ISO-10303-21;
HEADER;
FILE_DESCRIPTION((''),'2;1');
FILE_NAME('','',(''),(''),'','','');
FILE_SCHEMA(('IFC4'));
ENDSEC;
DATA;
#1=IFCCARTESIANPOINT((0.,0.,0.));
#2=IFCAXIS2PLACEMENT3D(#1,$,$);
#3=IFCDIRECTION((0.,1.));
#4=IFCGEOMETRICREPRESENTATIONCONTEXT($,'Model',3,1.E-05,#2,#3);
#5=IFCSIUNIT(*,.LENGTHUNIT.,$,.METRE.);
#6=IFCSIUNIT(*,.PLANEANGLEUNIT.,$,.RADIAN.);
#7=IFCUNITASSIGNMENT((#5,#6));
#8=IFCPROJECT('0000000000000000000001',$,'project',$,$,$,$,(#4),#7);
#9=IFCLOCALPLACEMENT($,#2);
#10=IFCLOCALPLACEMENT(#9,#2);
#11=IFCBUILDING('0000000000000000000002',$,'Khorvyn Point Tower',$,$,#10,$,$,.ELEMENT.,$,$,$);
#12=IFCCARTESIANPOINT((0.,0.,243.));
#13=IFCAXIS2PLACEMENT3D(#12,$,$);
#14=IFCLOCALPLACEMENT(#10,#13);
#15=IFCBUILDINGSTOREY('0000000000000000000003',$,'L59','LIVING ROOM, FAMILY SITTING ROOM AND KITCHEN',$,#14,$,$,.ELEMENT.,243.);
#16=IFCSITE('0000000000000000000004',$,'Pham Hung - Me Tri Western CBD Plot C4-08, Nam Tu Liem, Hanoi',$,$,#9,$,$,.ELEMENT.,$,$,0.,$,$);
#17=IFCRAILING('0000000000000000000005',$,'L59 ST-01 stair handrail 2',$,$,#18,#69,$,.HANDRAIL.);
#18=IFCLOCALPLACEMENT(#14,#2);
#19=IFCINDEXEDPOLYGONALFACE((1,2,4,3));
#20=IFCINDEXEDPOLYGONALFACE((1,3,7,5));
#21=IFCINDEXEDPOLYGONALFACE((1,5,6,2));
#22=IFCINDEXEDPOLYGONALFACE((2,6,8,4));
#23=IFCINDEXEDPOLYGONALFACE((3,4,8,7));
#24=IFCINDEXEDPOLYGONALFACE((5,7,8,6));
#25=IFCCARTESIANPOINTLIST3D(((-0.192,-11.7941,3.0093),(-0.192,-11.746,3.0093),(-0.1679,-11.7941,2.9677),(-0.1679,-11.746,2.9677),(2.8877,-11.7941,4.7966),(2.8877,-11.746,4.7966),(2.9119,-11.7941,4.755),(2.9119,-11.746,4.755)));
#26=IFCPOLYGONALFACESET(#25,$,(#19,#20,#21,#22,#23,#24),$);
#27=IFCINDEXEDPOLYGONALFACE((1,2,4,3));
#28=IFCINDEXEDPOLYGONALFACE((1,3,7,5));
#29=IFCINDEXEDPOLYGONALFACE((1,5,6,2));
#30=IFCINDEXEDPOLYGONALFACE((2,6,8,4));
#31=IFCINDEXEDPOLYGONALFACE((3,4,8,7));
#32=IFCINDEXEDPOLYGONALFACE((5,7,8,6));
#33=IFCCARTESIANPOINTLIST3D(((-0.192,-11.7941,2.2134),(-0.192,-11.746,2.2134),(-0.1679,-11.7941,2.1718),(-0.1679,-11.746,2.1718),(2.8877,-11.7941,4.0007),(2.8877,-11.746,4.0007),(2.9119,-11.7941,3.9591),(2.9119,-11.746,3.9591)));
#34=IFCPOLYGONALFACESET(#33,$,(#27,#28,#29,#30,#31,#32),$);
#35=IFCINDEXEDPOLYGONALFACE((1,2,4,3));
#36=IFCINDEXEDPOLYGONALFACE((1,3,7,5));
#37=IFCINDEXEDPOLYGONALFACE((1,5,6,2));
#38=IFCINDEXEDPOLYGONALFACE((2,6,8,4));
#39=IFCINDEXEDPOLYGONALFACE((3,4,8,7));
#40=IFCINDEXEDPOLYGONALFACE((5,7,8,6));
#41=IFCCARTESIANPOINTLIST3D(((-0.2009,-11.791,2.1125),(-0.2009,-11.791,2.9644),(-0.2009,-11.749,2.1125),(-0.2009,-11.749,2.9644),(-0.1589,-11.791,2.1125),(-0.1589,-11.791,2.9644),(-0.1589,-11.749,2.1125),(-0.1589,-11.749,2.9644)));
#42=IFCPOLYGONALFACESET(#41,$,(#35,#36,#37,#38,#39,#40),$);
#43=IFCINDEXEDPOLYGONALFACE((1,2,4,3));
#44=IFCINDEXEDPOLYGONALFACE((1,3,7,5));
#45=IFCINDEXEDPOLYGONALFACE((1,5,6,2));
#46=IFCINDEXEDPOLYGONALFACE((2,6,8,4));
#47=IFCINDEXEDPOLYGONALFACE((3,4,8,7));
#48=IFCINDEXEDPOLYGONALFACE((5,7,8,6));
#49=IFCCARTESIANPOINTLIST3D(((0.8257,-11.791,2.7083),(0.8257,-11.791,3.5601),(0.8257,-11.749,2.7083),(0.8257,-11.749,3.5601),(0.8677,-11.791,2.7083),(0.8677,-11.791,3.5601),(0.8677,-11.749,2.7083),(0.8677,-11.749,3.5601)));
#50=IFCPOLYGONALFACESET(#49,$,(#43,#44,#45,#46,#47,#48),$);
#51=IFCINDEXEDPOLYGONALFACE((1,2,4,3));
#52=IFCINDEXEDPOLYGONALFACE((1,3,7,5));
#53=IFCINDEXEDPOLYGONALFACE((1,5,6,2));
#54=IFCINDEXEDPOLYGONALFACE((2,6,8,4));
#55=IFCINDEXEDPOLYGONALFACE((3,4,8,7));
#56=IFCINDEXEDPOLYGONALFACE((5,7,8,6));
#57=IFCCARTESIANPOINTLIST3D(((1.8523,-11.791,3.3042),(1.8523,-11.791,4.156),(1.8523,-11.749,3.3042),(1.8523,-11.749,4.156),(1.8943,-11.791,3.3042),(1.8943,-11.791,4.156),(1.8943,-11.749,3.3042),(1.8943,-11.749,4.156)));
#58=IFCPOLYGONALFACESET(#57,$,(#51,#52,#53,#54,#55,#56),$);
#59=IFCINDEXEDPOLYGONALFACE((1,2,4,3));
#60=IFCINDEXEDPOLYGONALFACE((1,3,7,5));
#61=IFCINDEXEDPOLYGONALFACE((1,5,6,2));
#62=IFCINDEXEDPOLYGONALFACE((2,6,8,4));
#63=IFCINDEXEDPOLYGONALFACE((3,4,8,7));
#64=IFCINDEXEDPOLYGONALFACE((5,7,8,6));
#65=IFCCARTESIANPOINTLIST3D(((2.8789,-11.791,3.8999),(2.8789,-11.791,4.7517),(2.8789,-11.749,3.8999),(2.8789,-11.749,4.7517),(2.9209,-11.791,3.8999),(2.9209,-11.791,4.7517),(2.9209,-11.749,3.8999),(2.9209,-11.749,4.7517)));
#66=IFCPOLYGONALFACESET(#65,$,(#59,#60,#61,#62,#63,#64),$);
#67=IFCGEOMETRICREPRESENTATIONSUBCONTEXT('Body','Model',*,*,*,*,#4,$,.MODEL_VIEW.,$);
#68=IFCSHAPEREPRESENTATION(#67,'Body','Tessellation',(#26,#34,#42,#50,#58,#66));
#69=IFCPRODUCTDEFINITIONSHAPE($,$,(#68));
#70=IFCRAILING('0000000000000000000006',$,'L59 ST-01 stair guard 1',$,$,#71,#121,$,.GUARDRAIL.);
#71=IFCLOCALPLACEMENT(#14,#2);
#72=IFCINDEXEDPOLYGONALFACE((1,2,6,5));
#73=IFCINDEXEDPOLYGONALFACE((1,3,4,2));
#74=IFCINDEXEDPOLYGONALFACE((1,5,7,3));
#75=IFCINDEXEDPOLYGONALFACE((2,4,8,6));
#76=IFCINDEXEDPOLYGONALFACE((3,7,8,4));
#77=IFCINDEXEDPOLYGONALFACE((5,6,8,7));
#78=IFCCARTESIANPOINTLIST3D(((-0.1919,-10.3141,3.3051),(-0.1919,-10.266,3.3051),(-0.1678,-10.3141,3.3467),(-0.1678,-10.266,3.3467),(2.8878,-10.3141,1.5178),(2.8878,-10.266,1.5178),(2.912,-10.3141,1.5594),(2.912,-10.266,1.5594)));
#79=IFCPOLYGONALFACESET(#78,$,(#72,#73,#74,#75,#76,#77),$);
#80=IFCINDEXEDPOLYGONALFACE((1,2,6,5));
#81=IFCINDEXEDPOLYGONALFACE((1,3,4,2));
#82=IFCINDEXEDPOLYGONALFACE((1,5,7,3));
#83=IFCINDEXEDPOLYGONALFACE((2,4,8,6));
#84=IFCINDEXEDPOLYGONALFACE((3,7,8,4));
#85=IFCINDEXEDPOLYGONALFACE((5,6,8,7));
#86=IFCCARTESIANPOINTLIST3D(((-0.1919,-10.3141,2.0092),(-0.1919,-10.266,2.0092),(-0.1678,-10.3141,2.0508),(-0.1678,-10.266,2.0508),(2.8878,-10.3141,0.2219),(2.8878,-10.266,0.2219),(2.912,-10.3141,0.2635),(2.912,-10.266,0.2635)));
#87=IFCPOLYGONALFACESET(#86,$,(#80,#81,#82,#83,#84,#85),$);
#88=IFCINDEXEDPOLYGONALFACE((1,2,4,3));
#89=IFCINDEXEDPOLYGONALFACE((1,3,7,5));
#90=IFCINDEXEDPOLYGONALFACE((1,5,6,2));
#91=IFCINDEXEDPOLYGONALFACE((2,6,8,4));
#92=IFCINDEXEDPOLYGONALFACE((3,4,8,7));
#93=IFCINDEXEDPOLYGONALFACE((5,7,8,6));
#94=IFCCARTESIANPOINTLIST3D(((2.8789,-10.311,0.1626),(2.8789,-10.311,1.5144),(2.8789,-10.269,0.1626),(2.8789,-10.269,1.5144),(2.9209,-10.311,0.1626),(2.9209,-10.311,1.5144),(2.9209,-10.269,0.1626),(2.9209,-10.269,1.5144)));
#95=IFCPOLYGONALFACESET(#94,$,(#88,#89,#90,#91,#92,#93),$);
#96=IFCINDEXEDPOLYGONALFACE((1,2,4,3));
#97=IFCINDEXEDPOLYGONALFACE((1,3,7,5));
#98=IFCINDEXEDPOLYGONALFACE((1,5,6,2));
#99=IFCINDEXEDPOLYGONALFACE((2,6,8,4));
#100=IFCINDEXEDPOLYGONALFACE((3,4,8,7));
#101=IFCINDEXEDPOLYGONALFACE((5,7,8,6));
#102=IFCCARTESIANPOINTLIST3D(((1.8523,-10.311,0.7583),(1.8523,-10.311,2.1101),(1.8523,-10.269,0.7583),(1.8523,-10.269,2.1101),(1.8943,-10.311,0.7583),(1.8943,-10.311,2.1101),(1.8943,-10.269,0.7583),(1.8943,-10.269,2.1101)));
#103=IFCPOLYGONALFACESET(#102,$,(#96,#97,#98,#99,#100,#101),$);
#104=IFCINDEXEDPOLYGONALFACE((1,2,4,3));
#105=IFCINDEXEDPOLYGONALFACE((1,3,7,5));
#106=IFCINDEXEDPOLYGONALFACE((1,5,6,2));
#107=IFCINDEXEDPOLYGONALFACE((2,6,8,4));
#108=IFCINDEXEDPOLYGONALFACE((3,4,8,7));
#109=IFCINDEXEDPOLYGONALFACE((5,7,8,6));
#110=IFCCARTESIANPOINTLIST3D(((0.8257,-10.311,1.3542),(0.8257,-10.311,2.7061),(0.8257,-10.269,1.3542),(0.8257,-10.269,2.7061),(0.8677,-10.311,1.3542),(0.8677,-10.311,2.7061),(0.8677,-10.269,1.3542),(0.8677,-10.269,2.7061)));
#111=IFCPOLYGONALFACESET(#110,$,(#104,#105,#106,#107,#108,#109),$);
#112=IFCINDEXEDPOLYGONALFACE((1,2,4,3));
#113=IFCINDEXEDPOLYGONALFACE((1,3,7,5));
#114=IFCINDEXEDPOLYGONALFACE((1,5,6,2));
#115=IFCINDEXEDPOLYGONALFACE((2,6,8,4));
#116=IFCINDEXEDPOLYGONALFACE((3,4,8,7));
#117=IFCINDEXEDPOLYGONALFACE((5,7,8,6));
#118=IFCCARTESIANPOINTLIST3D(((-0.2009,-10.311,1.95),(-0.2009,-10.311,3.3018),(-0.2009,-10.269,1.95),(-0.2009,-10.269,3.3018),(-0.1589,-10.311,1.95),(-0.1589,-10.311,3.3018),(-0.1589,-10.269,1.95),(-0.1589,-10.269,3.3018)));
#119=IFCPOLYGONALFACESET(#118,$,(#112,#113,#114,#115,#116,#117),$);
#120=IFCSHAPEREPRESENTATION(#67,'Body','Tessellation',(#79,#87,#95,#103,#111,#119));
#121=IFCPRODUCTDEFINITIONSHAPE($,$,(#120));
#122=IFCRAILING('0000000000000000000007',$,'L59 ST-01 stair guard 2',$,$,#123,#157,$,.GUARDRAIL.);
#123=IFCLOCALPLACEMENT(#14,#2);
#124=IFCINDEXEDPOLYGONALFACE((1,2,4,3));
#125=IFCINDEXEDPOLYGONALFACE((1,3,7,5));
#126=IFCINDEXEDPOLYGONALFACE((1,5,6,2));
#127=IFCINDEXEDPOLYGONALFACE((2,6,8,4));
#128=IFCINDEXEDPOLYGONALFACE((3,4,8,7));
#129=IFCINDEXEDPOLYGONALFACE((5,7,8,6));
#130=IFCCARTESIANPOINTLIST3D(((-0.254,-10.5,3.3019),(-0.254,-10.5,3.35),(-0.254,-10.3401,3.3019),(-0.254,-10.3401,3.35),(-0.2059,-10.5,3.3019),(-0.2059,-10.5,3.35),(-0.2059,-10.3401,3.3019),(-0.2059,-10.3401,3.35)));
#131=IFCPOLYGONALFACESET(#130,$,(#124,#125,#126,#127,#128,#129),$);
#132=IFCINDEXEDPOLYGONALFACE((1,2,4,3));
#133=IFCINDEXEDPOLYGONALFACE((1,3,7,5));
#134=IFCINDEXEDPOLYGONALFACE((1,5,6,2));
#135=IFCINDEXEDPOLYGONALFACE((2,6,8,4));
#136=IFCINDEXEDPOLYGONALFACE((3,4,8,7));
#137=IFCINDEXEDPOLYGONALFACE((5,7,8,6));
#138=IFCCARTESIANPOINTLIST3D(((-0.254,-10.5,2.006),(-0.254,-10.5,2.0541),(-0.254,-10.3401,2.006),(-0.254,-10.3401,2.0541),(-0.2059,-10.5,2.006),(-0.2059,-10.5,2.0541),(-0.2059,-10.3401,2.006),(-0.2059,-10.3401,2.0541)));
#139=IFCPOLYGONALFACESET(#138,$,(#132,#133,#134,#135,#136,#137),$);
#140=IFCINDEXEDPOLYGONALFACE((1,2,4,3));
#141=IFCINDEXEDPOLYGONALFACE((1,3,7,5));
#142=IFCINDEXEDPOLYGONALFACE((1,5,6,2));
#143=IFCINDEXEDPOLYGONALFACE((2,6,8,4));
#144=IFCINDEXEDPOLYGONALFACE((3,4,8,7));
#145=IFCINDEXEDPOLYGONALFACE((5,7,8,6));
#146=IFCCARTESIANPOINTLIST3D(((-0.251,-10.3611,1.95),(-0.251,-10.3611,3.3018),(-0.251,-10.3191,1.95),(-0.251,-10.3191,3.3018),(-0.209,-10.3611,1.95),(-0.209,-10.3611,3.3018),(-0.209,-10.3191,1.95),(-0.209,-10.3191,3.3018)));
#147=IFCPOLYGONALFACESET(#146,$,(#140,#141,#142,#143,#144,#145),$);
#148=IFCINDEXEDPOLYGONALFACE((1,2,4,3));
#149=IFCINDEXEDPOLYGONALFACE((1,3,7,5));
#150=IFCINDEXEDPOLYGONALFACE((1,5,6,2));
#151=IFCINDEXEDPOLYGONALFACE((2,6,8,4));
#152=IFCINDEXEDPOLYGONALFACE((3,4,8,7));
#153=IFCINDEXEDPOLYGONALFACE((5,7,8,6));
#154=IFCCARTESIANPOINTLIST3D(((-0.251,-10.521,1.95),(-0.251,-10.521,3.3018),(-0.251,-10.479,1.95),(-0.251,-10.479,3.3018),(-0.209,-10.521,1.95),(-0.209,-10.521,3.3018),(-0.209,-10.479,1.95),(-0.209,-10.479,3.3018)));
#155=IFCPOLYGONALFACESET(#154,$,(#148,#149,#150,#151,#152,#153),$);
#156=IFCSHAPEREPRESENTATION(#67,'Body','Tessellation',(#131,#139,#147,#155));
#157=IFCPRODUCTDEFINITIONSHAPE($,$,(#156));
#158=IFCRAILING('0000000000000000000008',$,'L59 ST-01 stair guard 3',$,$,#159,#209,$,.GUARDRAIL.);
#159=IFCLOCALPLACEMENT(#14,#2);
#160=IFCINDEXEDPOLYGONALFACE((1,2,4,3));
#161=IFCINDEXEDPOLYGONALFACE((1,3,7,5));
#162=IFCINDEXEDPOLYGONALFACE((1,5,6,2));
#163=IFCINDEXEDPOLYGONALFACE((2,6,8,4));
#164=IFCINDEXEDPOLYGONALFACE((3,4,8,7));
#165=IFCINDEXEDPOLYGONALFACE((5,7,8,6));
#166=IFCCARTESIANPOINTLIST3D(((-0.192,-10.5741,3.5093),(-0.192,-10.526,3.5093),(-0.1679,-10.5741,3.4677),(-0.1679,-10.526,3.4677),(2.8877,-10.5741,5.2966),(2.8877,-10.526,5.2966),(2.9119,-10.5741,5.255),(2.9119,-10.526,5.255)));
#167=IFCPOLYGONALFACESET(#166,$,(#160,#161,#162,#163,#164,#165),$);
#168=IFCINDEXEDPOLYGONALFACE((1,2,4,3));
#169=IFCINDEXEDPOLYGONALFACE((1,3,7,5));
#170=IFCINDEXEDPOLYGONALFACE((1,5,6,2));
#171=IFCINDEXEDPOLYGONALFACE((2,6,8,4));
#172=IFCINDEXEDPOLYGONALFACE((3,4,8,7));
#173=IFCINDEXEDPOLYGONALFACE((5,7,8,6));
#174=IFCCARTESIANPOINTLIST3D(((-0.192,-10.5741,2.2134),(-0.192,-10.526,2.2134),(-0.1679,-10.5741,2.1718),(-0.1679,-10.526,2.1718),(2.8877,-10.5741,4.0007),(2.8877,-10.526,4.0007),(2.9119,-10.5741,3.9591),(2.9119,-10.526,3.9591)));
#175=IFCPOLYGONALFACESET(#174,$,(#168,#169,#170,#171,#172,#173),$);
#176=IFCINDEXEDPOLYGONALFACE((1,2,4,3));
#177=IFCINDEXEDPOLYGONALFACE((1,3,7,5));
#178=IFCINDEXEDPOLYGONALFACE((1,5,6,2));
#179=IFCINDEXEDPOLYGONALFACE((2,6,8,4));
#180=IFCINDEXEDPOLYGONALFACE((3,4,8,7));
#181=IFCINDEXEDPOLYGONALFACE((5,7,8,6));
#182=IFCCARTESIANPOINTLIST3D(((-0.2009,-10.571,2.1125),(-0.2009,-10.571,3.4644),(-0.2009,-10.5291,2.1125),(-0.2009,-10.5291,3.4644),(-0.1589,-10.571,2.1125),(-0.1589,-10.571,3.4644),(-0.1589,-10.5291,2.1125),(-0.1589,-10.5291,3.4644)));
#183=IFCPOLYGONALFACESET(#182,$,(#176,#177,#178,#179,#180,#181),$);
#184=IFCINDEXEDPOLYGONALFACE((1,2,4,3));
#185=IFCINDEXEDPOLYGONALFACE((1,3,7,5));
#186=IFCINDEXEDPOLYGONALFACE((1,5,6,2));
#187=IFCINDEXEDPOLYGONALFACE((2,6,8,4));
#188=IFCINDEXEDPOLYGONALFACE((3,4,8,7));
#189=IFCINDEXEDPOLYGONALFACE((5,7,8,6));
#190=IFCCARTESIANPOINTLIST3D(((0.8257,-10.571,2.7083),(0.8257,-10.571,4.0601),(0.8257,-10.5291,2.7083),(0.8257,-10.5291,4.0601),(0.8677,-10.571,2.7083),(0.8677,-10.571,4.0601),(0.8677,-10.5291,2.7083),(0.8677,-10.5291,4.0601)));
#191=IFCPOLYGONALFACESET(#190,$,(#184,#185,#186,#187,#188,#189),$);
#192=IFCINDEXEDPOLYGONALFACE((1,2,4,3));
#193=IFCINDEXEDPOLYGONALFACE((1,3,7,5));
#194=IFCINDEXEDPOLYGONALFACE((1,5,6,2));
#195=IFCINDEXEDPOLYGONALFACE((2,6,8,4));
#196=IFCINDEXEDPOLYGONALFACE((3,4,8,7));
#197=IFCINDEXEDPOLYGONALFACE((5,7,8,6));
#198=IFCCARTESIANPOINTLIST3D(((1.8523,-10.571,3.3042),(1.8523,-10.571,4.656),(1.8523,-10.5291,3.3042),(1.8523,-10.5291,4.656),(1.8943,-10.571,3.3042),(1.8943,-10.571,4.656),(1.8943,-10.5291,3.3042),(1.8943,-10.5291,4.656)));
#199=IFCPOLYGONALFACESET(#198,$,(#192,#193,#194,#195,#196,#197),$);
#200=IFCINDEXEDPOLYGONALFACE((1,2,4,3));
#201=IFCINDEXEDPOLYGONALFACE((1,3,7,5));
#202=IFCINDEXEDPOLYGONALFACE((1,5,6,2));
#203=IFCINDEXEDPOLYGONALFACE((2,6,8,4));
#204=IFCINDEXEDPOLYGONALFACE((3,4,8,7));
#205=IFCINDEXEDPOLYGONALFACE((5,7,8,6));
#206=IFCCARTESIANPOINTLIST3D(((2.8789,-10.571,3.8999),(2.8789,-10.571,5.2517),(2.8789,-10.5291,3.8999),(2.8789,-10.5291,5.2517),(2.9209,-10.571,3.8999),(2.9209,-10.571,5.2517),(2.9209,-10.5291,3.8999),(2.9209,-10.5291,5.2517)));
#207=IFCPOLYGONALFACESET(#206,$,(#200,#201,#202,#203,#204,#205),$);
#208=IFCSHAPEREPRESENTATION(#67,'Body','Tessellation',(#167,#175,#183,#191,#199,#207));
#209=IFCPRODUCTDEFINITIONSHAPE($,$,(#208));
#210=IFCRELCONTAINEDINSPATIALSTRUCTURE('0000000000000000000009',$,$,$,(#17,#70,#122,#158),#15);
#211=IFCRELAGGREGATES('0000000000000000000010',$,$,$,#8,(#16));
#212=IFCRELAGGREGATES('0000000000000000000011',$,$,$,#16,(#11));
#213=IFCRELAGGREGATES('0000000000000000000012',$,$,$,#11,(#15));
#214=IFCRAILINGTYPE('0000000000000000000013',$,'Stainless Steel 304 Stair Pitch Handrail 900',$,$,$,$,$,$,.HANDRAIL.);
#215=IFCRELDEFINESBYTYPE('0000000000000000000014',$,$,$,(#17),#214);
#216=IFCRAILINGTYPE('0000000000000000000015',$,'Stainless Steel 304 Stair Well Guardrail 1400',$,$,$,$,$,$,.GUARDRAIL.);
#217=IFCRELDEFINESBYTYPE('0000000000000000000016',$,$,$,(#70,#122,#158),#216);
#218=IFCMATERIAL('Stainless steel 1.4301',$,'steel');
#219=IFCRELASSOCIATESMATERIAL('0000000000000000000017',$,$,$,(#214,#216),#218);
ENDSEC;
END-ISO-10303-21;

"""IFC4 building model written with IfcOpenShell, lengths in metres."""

from ifc_helpers import new_model, si_unit, direction, frame, origin, origin_2d, place, context, subcontext, project, spatial, rectangle, extrude, material, type_object, element, save


model = new_model("IFC4")

# Units and contexts
model_context = context("Model", 3, precision=1e-05, world=origin(), true_north=direction((0.0, 1.0)))
body_context = subcontext(model_context, "Body", "Model", "MODEL_VIEW")
ifc_project = project(units=[si_unit("LENGTHUNIT", "METRE"), si_unit("PLANEANGLEUNIT", "RADIAN")], contexts=[model_context])

# Site, building, storey
site_placement = place(None, origin())
site = spatial("IfcSite", under=ifc_project, at=site_placement, Name="Pham Hung - Me Tri Western CBD Plot C4-08, Nam Tu Liem, Hanoi", CompositionType="ELEMENT", RefElevation=0.0)
building_placement = place(site_placement, origin())
building = spatial("IfcBuilding", under=site, at=building_placement, Name="Khorvyn Point Tower", CompositionType="ELEMENT")
storey_placement = place(building_placement, frame((0.0, 0.0, 243.0)))
storey = spatial("IfcBuildingStorey", under=building, at=storey_placement, Name="L59", Description="LIVING ROOM, FAMILY SITTING ROOM AND KITCHEN", CompositionType="ELEMENT", Elevation=243.0)

# Shared definitions
ifc_material_1 = material(Name="Stainless steel 1.4301", Category="steel")

# Railings
railing_type_1 = type_object("IfcRailingType", Name="Stainless Steel 304 Stair Pitch Handrail 900", PredefinedType="HANDRAIL", material=ifc_material_1)
railing_1_placement = place(storey_placement, frame((-0.1799, -11.77, 2.1125)))
element("IfcRailing", 1, at=railing_1_placement, inside=storey, type_object=railing_type_1, Name="L59 ST-01 stair handrail 2", PredefinedType="HANDRAIL", context=body_context, shape_type="SweptSolid", body=[
    extrude(rectangle(XDim=0.0481, YDim=0.0481, at=origin_2d()), frame((0.0, 0.0, 0.876), z_axis=(0.864903, 0.0, 0.501939), x_axis=(0.0, 1.0, 0.0)), (0.0, 0.0, 1.0), 3.5608),
    extrude(rectangle(XDim=0.0481, YDim=0.0481, at=origin_2d()), frame((0.0, 0.0, 0.0801), z_axis=(0.864903, 0.0, 0.501939), x_axis=(0.0, 1.0, 0.0)), (0.0, 0.0, 1.0), 3.5608),
    extrude(rectangle(XDim=0.042, YDim=0.042, at=origin_2d()), origin(), (0.0, 0.0, 1.0), 0.8518),
    extrude(rectangle(XDim=0.042, YDim=0.042, at=origin_2d()), frame((1.0266, 0.0, 0.5957)), (0.0, 0.0, 1.0), 0.8518),
    extrude(rectangle(XDim=0.042, YDim=0.042, at=origin_2d()), frame((2.0532, 0.0, 1.1917)), (0.0, 0.0, 1.0), 0.8518),
    extrude(rectangle(XDim=0.042, YDim=0.042, at=origin_2d()), frame((3.0798, 0.0, 1.7874)), (0.0, 0.0, 1.0), 0.8518),
])
railing_type_2 = type_object("IfcRailingType", Name="Stainless Steel 304 Stair Well Guardrail 1400", PredefinedType="GUARDRAIL", material=ifc_material_1)
railing_2_placement = place(storey_placement, frame((2.8999, -10.29, 0.1626)))
element("IfcRailing", 2, at=railing_2_placement, inside=storey, type_object=railing_type_2, Name="L59 ST-01 stair guard 1", PredefinedType="GUARDRAIL", context=body_context, shape_type="SweptSolid", body=[
    extrude(rectangle(XDim=0.0481, YDim=0.0481, at=origin_2d()), frame((0.0, 0.0, 1.376), z_axis=(-0.864903, 0.0, 0.501939), x_axis=(0.0, -1.0, 0.0)), (0.0, 0.0, 1.0), 3.5608),
    extrude(rectangle(XDim=0.0481, YDim=0.0481, at=origin_2d()), frame((0.0, 0.0, 0.0801), z_axis=(-0.864903, 0.0, 0.501939), x_axis=(0.0, -1.0, 0.0)), (0.0, 0.0, 1.0), 3.5608),
    extrude(rectangle(XDim=0.042, YDim=0.042, at=origin_2d()), origin(), (0.0, 0.0, 1.0), 1.3518),
    extrude(rectangle(XDim=0.042, YDim=0.042, at=origin_2d()), frame((-1.0266, 0.0, 0.5957)), (0.0, 0.0, 1.0), 1.3518),
    extrude(rectangle(XDim=0.042, YDim=0.042, at=origin_2d()), frame((-2.0532, 0.0, 1.1917)), (0.0, 0.0, 1.0), 1.3518),
    extrude(rectangle(XDim=0.042, YDim=0.042, at=origin_2d()), frame((-3.0798, 0.0, 1.7874)), (0.0, 0.0, 1.0), 1.3518),
])
railing_3_placement = place(storey_placement, frame((-0.23, -10.3401, 1.95)))
element("IfcRailing", 3, at=railing_3_placement, inside=storey, type_object=railing_type_2, Name="L59 ST-01 stair guard 2", PredefinedType="GUARDRAIL", context=body_context, shape_type="SweptSolid", body=[
    extrude(rectangle(XDim=0.0481, YDim=0.0481, at=origin_2d()), frame((0.0, 0.0, 1.376), z_axis=(0.0, -1.0, 0.0), x_axis=(1.0, 0.0, 0.0)), (0.0, 0.0, 1.0), 0.1599),
    extrude(rectangle(XDim=0.0481, YDim=0.0481, at=origin_2d()), frame((0.0, 0.0, 0.0801), z_axis=(0.0, -1.0, 0.0), x_axis=(1.0, 0.0, 0.0)), (0.0, 0.0, 1.0), 0.1599),
    extrude(rectangle(XDim=0.042, YDim=0.042, at=origin_2d()), origin(), (0.0, 0.0, 1.0), 1.3518),
    extrude(rectangle(XDim=0.042, YDim=0.042, at=origin_2d()), frame((0.0, -0.1599, 0.0)), (0.0, 0.0, 1.0), 1.3518),
])
railing_4_placement = place(storey_placement, frame((-0.1799, -10.55, 2.1125)))
element("IfcRailing", 4, at=railing_4_placement, inside=storey, type_object=railing_type_2, Name="L59 ST-01 stair guard 3", PredefinedType="GUARDRAIL", context=body_context, shape_type="SweptSolid", body=[
    extrude(rectangle(XDim=0.0481, YDim=0.0481, at=origin_2d()), frame((0.0, 0.0, 1.376), z_axis=(0.864903, 0.0, 0.501939), x_axis=(0.0, 1.0, 0.0)), (0.0, 0.0, 1.0), 3.5608),
    extrude(rectangle(XDim=0.0481, YDim=0.0481, at=origin_2d()), frame((0.0, 0.0, 0.0801), z_axis=(0.864903, 0.0, 0.501939), x_axis=(0.0, 1.0, 0.0)), (0.0, 0.0, 1.0), 3.5608),
    extrude(rectangle(XDim=0.042, YDim=0.042, at=origin_2d()), origin(), (0.0, 0.0, 1.0), 1.3518),
    extrude(rectangle(XDim=0.042, YDim=0.042, at=origin_2d()), frame((1.0266, 0.0, 0.5957)), (0.0, 0.0, 1.0), 1.3518),
    extrude(rectangle(XDim=0.042, YDim=0.042, at=origin_2d()), frame((2.0532, 0.0, 1.1917)), (0.0, 0.0, 1.0), 1.3518),
    extrude(rectangle(XDim=0.042, YDim=0.042, at=origin_2d()), frame((3.0798, 0.0, 1.7874)), (0.0, 0.0, 1.0), 1.3518),
])

save(model, "model.ifc")
